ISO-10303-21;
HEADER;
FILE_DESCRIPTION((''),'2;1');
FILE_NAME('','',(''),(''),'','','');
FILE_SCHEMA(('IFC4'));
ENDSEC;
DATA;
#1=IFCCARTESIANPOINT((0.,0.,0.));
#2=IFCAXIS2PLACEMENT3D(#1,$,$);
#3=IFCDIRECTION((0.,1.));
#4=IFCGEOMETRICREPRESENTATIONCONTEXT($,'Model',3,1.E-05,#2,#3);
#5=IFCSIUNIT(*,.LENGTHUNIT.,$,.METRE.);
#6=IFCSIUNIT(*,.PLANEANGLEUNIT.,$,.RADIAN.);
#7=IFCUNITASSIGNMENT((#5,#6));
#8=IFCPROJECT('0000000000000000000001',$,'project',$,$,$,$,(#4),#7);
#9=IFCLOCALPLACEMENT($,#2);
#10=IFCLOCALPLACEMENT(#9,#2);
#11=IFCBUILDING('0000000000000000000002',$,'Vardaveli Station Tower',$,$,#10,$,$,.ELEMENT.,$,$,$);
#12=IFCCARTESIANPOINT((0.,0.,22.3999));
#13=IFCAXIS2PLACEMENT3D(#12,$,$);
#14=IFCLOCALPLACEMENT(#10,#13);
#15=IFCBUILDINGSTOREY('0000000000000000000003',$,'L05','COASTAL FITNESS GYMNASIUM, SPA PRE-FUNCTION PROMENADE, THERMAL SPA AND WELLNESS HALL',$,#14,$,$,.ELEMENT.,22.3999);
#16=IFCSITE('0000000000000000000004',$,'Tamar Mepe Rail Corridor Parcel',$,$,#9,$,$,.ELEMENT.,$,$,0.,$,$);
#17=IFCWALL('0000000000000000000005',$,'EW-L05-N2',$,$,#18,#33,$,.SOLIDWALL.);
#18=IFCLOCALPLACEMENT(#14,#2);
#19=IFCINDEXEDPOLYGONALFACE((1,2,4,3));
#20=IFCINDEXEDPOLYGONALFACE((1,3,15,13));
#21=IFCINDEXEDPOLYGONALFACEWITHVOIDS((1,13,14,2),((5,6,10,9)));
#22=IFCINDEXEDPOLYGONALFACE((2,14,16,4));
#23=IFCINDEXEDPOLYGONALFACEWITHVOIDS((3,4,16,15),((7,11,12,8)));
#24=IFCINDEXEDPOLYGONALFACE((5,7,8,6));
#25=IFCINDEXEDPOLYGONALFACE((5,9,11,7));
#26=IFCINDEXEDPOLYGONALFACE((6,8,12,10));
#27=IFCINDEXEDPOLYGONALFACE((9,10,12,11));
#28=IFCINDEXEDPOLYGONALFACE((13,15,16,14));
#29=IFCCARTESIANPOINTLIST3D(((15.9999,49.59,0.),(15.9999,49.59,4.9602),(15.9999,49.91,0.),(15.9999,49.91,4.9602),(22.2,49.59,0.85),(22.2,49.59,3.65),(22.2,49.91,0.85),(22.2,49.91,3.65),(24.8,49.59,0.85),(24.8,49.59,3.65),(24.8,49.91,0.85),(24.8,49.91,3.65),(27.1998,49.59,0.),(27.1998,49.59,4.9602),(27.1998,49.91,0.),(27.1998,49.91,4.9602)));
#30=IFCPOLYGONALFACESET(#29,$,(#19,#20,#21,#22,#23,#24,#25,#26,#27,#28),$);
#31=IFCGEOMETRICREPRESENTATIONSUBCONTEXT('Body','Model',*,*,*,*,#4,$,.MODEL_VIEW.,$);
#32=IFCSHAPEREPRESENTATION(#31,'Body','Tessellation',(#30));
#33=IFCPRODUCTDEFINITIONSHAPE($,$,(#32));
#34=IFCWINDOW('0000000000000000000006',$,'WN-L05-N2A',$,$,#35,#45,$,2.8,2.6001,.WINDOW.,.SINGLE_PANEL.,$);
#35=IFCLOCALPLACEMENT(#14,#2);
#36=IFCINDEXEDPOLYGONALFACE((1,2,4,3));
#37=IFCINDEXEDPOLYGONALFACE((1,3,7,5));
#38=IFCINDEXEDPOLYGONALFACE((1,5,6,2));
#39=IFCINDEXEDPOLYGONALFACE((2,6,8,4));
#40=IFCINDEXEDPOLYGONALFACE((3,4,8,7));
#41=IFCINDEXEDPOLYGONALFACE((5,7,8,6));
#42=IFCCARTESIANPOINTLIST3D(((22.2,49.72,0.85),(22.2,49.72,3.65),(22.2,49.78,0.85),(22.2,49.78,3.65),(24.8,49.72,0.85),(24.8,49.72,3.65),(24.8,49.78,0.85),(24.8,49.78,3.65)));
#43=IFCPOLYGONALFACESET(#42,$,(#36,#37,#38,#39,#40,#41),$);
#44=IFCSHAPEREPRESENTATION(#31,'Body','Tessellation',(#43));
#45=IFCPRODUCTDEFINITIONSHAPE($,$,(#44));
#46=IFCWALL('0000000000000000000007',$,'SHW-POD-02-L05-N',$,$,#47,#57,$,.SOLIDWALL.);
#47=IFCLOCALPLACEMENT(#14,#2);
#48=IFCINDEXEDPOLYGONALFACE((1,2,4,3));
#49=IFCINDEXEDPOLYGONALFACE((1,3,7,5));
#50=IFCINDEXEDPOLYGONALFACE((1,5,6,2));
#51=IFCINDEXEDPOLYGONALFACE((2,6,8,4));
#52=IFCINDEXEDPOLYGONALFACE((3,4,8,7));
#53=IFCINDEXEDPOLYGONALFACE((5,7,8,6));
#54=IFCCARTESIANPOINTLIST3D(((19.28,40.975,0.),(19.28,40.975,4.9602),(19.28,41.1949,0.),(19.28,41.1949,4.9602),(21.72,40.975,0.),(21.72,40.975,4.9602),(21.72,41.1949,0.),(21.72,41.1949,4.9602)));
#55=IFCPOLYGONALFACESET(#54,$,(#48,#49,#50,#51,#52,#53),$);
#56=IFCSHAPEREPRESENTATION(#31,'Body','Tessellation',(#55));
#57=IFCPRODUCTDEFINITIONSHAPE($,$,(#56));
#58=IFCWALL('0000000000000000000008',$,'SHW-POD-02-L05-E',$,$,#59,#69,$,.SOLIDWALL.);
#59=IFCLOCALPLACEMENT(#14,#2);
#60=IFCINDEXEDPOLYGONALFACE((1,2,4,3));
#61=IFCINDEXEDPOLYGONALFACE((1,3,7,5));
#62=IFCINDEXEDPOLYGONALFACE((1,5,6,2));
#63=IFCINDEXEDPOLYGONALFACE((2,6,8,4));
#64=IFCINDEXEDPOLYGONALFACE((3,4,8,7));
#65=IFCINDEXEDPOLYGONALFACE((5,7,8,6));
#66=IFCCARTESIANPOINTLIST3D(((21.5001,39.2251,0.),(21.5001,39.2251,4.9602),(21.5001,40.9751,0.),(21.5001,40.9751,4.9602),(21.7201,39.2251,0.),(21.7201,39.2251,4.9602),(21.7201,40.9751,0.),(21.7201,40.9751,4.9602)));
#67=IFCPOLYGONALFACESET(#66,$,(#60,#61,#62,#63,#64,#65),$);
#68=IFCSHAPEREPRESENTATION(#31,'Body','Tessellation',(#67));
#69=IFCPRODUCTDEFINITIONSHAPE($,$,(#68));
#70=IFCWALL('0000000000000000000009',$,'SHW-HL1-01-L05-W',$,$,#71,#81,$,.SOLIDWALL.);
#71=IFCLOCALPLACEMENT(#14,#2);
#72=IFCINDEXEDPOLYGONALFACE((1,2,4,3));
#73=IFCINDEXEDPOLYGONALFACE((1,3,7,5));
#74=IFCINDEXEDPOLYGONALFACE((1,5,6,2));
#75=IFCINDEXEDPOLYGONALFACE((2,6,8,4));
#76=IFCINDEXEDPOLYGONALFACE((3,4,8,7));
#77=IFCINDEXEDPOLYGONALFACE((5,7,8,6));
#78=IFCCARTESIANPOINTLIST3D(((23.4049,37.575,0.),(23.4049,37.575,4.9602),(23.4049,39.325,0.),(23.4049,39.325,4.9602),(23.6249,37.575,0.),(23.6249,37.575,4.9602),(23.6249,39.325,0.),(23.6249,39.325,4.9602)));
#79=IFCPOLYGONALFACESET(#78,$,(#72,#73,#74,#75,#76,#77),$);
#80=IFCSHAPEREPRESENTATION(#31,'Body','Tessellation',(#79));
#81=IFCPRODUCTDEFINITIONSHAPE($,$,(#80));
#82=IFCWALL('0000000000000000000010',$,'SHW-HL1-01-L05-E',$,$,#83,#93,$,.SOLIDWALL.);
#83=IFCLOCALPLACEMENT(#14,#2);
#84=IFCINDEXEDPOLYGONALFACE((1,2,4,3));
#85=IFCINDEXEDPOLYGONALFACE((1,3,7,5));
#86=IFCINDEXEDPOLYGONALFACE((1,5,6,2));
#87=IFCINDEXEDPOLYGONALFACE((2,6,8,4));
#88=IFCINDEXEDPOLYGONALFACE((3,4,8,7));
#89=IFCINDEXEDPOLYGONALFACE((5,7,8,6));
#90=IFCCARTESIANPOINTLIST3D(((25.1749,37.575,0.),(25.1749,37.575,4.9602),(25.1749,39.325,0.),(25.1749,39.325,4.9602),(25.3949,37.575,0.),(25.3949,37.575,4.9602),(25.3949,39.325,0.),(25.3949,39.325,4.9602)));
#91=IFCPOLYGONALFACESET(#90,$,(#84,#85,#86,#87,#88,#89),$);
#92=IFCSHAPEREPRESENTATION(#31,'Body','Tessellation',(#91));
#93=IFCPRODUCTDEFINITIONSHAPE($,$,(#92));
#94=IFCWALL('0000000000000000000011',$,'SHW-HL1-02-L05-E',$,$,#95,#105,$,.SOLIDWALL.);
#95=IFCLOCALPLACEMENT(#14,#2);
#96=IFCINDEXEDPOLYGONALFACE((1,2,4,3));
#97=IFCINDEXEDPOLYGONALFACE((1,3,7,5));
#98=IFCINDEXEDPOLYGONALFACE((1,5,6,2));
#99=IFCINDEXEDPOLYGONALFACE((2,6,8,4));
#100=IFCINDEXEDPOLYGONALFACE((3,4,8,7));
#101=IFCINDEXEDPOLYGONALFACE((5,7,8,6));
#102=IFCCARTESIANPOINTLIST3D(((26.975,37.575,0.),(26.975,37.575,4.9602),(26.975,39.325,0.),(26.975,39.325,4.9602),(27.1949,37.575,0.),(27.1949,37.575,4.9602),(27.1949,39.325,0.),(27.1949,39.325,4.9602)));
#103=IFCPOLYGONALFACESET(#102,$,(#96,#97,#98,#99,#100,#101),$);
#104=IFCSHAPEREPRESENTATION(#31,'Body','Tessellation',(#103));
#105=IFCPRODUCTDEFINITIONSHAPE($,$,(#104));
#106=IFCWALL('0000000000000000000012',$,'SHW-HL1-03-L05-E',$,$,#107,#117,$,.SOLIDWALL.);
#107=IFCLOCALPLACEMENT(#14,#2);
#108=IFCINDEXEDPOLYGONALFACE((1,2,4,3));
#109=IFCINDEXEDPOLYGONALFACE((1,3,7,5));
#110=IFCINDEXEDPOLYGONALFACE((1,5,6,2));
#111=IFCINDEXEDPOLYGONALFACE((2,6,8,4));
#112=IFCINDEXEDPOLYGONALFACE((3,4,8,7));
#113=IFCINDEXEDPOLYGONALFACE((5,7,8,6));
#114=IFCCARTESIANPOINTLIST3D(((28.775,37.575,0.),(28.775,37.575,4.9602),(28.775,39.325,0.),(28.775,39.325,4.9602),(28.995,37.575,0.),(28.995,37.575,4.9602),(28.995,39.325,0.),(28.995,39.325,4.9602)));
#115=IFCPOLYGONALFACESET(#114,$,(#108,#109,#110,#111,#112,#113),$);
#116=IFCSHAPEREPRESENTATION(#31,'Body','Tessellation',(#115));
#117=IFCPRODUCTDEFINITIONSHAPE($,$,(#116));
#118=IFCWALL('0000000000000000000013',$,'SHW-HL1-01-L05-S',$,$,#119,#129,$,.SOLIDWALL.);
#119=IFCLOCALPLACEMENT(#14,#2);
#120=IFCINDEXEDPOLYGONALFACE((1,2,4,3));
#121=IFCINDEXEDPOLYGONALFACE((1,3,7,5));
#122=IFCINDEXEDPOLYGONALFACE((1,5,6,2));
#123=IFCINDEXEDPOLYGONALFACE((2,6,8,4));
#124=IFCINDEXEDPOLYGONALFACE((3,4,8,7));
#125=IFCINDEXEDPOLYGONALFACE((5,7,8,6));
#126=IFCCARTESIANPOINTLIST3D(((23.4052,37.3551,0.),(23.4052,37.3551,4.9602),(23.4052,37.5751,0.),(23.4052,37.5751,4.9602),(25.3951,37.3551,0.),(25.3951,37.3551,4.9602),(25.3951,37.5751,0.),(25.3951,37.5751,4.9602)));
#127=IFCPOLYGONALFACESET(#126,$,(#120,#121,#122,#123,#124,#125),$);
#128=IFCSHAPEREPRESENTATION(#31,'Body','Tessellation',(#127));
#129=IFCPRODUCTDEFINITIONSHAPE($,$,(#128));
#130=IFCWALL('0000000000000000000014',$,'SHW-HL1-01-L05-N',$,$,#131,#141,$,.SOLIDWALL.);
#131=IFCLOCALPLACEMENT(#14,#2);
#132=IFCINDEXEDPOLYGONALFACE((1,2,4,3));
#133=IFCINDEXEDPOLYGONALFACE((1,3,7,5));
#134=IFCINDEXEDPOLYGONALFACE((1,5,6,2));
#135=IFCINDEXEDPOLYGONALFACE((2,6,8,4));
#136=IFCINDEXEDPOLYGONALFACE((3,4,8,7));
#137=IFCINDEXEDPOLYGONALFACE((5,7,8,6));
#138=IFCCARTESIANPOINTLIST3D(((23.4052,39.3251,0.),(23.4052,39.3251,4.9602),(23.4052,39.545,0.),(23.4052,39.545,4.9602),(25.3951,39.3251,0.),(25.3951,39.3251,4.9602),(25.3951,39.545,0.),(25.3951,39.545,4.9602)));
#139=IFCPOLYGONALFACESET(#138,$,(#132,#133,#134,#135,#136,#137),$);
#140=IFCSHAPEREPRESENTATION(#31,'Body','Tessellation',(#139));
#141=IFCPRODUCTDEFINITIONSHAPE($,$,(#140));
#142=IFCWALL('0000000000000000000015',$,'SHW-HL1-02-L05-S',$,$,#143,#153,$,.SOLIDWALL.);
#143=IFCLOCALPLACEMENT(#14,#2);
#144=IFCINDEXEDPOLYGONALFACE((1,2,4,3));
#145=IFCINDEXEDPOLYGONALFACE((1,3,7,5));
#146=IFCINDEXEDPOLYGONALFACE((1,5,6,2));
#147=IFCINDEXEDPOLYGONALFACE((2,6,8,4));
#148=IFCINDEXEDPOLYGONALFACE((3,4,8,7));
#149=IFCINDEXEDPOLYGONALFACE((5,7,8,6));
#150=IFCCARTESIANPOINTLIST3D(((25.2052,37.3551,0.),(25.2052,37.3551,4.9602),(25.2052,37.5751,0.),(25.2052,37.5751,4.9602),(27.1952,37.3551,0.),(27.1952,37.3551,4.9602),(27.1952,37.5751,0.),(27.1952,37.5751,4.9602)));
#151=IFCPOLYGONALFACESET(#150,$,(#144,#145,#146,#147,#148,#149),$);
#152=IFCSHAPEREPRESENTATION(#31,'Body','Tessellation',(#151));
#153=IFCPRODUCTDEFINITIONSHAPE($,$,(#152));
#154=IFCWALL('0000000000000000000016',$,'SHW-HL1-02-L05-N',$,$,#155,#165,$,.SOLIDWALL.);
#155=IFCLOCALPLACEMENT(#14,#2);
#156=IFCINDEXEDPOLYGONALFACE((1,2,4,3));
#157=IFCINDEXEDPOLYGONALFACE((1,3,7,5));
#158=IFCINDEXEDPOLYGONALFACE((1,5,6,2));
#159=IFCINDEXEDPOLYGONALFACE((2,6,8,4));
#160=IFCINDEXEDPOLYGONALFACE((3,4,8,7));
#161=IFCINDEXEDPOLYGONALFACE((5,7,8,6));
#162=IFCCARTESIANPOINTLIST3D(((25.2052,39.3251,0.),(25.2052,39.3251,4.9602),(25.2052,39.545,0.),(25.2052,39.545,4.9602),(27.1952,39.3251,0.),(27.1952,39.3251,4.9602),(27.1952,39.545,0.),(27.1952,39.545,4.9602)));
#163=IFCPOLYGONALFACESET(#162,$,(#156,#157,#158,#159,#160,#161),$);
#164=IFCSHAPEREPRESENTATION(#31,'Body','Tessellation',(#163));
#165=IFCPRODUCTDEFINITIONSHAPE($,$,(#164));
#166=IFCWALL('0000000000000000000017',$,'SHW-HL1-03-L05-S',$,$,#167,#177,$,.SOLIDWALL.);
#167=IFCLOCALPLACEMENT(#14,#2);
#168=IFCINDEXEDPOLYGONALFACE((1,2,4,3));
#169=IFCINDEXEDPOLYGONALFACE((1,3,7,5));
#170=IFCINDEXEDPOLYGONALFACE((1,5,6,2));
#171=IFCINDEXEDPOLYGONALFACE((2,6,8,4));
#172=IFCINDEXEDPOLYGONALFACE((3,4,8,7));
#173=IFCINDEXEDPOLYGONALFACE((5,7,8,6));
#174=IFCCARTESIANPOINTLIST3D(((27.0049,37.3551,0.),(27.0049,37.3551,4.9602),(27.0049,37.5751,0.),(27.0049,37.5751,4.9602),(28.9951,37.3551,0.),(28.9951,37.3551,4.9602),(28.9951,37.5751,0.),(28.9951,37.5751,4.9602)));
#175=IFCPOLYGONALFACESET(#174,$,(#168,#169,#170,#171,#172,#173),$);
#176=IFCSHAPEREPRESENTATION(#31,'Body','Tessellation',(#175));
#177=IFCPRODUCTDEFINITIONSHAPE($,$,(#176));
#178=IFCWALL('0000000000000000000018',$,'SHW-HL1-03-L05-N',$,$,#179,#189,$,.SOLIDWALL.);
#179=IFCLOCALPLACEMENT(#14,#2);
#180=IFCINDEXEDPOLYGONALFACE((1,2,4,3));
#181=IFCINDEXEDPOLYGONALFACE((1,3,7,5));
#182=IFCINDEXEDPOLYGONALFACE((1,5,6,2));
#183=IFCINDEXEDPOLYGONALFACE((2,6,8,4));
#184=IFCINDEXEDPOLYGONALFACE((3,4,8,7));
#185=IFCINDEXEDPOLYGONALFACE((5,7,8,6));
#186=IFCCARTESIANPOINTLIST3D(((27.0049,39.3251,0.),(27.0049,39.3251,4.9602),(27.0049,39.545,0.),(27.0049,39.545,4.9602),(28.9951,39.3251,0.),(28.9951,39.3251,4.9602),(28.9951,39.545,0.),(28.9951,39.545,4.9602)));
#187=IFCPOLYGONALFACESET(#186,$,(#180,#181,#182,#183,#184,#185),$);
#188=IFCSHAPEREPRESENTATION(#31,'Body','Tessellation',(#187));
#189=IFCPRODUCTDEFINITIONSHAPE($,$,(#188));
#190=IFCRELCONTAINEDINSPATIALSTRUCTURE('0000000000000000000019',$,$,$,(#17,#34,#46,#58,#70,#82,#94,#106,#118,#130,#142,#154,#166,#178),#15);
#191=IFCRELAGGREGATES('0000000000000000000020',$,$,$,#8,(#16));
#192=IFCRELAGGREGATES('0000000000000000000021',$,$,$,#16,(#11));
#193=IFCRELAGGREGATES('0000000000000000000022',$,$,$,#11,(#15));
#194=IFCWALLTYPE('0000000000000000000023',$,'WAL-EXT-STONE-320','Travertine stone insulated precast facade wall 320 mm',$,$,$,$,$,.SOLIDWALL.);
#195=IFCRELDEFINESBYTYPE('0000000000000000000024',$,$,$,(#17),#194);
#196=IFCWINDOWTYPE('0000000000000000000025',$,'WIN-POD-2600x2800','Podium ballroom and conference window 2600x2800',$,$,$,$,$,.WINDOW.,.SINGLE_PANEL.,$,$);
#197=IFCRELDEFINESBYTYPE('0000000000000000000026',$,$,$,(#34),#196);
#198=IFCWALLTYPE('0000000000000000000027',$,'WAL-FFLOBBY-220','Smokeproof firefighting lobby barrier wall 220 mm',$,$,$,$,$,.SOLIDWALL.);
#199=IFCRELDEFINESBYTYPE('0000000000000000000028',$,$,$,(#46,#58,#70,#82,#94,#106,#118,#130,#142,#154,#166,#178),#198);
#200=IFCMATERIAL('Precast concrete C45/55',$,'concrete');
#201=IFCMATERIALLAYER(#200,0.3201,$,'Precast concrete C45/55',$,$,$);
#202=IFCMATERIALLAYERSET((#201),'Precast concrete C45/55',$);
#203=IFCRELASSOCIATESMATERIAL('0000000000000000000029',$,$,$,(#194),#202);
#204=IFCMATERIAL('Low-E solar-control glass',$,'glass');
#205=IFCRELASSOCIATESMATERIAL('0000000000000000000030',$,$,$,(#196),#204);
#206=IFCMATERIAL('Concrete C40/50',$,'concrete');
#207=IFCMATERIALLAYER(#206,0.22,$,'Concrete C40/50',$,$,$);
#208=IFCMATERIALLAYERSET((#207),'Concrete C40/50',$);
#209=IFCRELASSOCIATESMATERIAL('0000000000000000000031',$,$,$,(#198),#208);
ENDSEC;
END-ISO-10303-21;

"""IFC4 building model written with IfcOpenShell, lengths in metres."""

from ifc_helpers import new_model, si_unit, direction, frame, frame_2d, origin, place, context, subcontext, project, spatial, rectangle, extrude, source, transform, mapped, material, layer, layer_set, type_object, element, fill, save


model = new_model("IFC4")

# Units and contexts
model_context = context("Model", 3, precision=1e-05, world=origin(), true_north=direction((0.0, 1.0)))
body_context = subcontext(model_context, "Body", "Model", "MODEL_VIEW")
ifc_project = project(units=[si_unit("LENGTHUNIT", "METRE"), si_unit("PLANEANGLEUNIT", "RADIAN")], contexts=[model_context])

# Site, building, storey
site_placement = place(None, origin())
site = spatial("IfcSite", under=ifc_project, at=site_placement, Name="Tamar Mepe Rail Corridor Parcel", CompositionType="ELEMENT", RefElevation=0.0)
building_placement = place(site_placement, origin())
building = spatial("IfcBuilding", under=site, at=building_placement, Name="Vardaveli Station Tower", CompositionType="ELEMENT")
storey_placement = place(building_placement, frame((0.0, 0.0, 22.3999)))
storey = spatial("IfcBuildingStorey", under=building, at=storey_placement, Name="L05", Description="COASTAL FITNESS GYMNASIUM, SPA PRE-FUNCTION PROMENADE, THERMAL SPA AND WELLNESS HALL", CompositionType="ELEMENT", Elevation=22.3999)

# Wall, opening, window
ifc_material_1 = material(Name="Precast concrete C45/55", Category="concrete")
ifc_layer_1 = layer(ifc_material_1, 0.3201, Name="Precast concrete C45/55")
ifc_layer_set_1 = layer_set([ifc_layer_1], Name="Precast concrete C45/55")
wall_type_1 = type_object("IfcWallType", Name="WAL-EXT-STONE-320", Description="Travertine stone insulated precast facade wall 320 mm", PredefinedType="SOLIDWALL", material=ifc_layer_set_1)
shared_shape_1 = source(origin(), body_context, "Body", "SweptSolid", [
    extrude(rectangle(XDim=11.2, YDim=0.3201, at=frame_2d((5.6001, 0.0))), origin(), (0.0, 0.0, 1.0), 4.9602),
])
wall_1_placement = place(storey_placement, frame((27.2, 49.75, 0.0), z_axis=(0.0, 0.0, 1.0), x_axis=(-1.0, 0.0, 0.0)))
wall_1 = element("IfcWall", 1, at=wall_1_placement, inside=storey, type_object=wall_type_1, Name="EW-L05-N2", PredefinedType="SOLIDWALL", context=body_context, shape_type="MappedRepresentation", body=[
    mapped(shared_shape_1, transform((0.0, 0.0, 0.0), scale=1.0)),
])
shared_shape_2 = source(origin(), body_context, "Body", "SweptSolid", [
    extrude(rectangle(XDim=2.6001, YDim=2.8, at=frame_2d((1.3, 1.3999))), frame((0.0, 0.1699, 0.0), z_axis=(0.0, -1.0, 0.0), x_axis=(1.0, 0.0, 0.0)), (0.0, 0.0, 1.0), 0.3401),
])
opening_1_placement = place(wall_1_placement, frame((2.3999, 0.0, 0.8501)))
opening_1 = element("IfcOpeningElement", 2, at=opening_1_placement, cuts=wall_1, PredefinedType="OPENING", context=body_context, shape_type="MappedRepresentation", body=[
    mapped(shared_shape_2, transform((0.0, 0.0, 0.0), scale=1.0)),
])
ifc_material_2 = material(Name="Low-E solar-control glass", Category="glass")
window_type = type_object("IfcWindowType", Name="WIN-POD-2600x2800", Description="Podium ballroom and conference window 2600x2800", PartitioningType="SINGLE_PANEL", PredefinedType="WINDOW", material=ifc_material_2)
shared_shape_3 = source(origin(), body_context, "Body", "SweptSolid", [
    extrude(rectangle(XDim=2.6001, YDim=2.8, at=frame_2d((1.3, 1.3999))), frame((0.0, 0.03, 0.0), z_axis=(0.0, -1.0, 0.0), x_axis=(1.0, 0.0, 0.0)), (0.0, 0.0, 1.0), 0.0601),
])
window_placement = place(opening_1_placement, origin())
window = element("IfcWindow", 3, at=window_placement, inside=storey, type_object=window_type, Name="WN-L05-N2A", OverallHeight=2.8, OverallWidth=2.6001, PartitioningType="SINGLE_PANEL", PredefinedType="WINDOW", context=body_context, shape_type="MappedRepresentation", body=[
    mapped(shared_shape_3, transform((0.0, 0.0, 0.0), scale=1.0)),
])
fill(opening_1, window)

# Walls
ifc_material_3 = material(Name="Concrete C40/50", Category="concrete")
ifc_layer_2 = layer(ifc_material_3, 0.22, Name="Concrete C40/50")
ifc_layer_set_2 = layer_set([ifc_layer_2], Name="Concrete C40/50")
wall_type_2 = type_object("IfcWallType", Name="WAL-FFLOBBY-220", Description="Smokeproof firefighting lobby barrier wall 220 mm", PredefinedType="SOLIDWALL", material=ifc_layer_set_2)
shared_shape_4 = source(origin(), body_context, "Body", "SweptSolid", [
    extrude(rectangle(XDim=2.4399, YDim=0.22, at=frame_2d((1.22, 0.0))), origin(), (0.0, 0.0, 1.0), 4.9602),
])
wall_2_placement = place(storey_placement, frame((19.28, 41.085, 0.0), z_axis=(0.0, 0.0, 1.0), x_axis=(1.0, 0.0, 0.0)))
element("IfcWall", 4, at=wall_2_placement, inside=storey, type_object=wall_type_2, Name="SHW-POD-02-L05-N", PredefinedType="SOLIDWALL", context=body_context, shape_type="MappedRepresentation", body=[
    mapped(shared_shape_4, transform((0.0, 0.0, 0.0), scale=1.0)),
])
shared_shape_5 = source(origin(), body_context, "Body", "SweptSolid", [
    extrude(rectangle(XDim=1.75, YDim=0.22, at=frame_2d((0.875, 0.0))), origin(), (0.0, 0.0, 1.0), 4.9602),
])
for number, where, z_axis, x_axis, name in (
    (5, (21.6101, 39.2251, 0.0), (0.0, 0.0, 1.0), (0.0, 1.0, 0.0), "SHW-POD-02-L05-E"),
    (6, (23.5149, 37.575, 0.0), (0.0, 0.0, 1.0), (0.0, 1.0, 0.0), "SHW-HL1-01-L05-W"),
    (7, (25.2849, 37.575, 0.0), (0.0, 0.0, 1.0), (0.0, 1.0, 0.0), "SHW-HL1-01-L05-E"),
    (8, (27.085, 37.575, 0.0), (0.0, 0.0, 1.0), (0.0, 1.0, 0.0), "SHW-HL1-02-L05-E"),
    (9, (28.885, 37.575, 0.0), (0.0, 0.0, 1.0), (0.0, 1.0, 0.0), "SHW-HL1-03-L05-E"),
):
    element("IfcWall", number, at=place(storey_placement, frame(where, z_axis=z_axis, x_axis=x_axis)), inside=storey, type_object=wall_type_2, Name=name, PredefinedType="SOLIDWALL", context=body_context, shape_type="MappedRepresentation", body=[
        mapped(shared_shape_5, transform((0.0, 0.0, 0.0), scale=1.0)),
    ])
shared_shape_6 = source(origin(), body_context, "Body", "SweptSolid", [
    extrude(rectangle(XDim=1.99, YDim=0.22, at=frame_2d((0.9951, 0.0))), origin(), (0.0, 0.0, 1.0), 4.9602),
])
for number, where, z_axis, x_axis, name in (
    (10, (23.405, 37.4651, 0.0), (0.0, 0.0, 1.0), (1.0, 0.0, 0.0), "SHW-HL1-01-L05-S"),
    (11, (23.405, 39.4351, 0.0), (0.0, 0.0, 1.0), (1.0, 0.0, 0.0), "SHW-HL1-01-L05-N"),
    (12, (25.2051, 37.4651, 0.0), (0.0, 0.0, 1.0), (1.0, 0.0, 0.0), "SHW-HL1-02-L05-S"),
    (13, (25.2051, 39.4351, 0.0), (0.0, 0.0, 1.0), (1.0, 0.0, 0.0), "SHW-HL1-02-L05-N"),
):
    element("IfcWall", number, at=place(storey_placement, frame(where, z_axis=z_axis, x_axis=x_axis)), inside=storey, type_object=wall_type_2, Name=name, PredefinedType="SOLIDWALL", context=body_context, shape_type="MappedRepresentation", body=[
        mapped(shared_shape_6, transform((0.0, 0.0, 0.0), scale=1.0)),
    ])
shared_shape_7 = source(origin(), body_context, "Body", "SweptSolid", [
    extrude(rectangle(XDim=1.9902, YDim=0.22, at=frame_2d((0.9951, 0.0))), origin(), (0.0, 0.0, 1.0), 4.9602),
])
for number, where, z_axis, x_axis, name in (
    (14, (27.0049, 37.4651, 0.0), (0.0, 0.0, 1.0), (1.0, 0.0, 0.0), "SHW-HL1-03-L05-S"),
    (15, (27.0049, 39.4351, 0.0), (0.0, 0.0, 1.0), (1.0, 0.0, 0.0), "SHW-HL1-03-L05-N"),
):
    element("IfcWall", number, at=place(storey_placement, frame(where, z_axis=z_axis, x_axis=x_axis)), inside=storey, type_object=wall_type_2, Name=name, PredefinedType="SOLIDWALL", context=body_context, shape_type="MappedRepresentation", body=[
        mapped(shared_shape_7, transform((0.0, 0.0, 0.0), scale=1.0)),
    ])

save(model, "model.ifc")
